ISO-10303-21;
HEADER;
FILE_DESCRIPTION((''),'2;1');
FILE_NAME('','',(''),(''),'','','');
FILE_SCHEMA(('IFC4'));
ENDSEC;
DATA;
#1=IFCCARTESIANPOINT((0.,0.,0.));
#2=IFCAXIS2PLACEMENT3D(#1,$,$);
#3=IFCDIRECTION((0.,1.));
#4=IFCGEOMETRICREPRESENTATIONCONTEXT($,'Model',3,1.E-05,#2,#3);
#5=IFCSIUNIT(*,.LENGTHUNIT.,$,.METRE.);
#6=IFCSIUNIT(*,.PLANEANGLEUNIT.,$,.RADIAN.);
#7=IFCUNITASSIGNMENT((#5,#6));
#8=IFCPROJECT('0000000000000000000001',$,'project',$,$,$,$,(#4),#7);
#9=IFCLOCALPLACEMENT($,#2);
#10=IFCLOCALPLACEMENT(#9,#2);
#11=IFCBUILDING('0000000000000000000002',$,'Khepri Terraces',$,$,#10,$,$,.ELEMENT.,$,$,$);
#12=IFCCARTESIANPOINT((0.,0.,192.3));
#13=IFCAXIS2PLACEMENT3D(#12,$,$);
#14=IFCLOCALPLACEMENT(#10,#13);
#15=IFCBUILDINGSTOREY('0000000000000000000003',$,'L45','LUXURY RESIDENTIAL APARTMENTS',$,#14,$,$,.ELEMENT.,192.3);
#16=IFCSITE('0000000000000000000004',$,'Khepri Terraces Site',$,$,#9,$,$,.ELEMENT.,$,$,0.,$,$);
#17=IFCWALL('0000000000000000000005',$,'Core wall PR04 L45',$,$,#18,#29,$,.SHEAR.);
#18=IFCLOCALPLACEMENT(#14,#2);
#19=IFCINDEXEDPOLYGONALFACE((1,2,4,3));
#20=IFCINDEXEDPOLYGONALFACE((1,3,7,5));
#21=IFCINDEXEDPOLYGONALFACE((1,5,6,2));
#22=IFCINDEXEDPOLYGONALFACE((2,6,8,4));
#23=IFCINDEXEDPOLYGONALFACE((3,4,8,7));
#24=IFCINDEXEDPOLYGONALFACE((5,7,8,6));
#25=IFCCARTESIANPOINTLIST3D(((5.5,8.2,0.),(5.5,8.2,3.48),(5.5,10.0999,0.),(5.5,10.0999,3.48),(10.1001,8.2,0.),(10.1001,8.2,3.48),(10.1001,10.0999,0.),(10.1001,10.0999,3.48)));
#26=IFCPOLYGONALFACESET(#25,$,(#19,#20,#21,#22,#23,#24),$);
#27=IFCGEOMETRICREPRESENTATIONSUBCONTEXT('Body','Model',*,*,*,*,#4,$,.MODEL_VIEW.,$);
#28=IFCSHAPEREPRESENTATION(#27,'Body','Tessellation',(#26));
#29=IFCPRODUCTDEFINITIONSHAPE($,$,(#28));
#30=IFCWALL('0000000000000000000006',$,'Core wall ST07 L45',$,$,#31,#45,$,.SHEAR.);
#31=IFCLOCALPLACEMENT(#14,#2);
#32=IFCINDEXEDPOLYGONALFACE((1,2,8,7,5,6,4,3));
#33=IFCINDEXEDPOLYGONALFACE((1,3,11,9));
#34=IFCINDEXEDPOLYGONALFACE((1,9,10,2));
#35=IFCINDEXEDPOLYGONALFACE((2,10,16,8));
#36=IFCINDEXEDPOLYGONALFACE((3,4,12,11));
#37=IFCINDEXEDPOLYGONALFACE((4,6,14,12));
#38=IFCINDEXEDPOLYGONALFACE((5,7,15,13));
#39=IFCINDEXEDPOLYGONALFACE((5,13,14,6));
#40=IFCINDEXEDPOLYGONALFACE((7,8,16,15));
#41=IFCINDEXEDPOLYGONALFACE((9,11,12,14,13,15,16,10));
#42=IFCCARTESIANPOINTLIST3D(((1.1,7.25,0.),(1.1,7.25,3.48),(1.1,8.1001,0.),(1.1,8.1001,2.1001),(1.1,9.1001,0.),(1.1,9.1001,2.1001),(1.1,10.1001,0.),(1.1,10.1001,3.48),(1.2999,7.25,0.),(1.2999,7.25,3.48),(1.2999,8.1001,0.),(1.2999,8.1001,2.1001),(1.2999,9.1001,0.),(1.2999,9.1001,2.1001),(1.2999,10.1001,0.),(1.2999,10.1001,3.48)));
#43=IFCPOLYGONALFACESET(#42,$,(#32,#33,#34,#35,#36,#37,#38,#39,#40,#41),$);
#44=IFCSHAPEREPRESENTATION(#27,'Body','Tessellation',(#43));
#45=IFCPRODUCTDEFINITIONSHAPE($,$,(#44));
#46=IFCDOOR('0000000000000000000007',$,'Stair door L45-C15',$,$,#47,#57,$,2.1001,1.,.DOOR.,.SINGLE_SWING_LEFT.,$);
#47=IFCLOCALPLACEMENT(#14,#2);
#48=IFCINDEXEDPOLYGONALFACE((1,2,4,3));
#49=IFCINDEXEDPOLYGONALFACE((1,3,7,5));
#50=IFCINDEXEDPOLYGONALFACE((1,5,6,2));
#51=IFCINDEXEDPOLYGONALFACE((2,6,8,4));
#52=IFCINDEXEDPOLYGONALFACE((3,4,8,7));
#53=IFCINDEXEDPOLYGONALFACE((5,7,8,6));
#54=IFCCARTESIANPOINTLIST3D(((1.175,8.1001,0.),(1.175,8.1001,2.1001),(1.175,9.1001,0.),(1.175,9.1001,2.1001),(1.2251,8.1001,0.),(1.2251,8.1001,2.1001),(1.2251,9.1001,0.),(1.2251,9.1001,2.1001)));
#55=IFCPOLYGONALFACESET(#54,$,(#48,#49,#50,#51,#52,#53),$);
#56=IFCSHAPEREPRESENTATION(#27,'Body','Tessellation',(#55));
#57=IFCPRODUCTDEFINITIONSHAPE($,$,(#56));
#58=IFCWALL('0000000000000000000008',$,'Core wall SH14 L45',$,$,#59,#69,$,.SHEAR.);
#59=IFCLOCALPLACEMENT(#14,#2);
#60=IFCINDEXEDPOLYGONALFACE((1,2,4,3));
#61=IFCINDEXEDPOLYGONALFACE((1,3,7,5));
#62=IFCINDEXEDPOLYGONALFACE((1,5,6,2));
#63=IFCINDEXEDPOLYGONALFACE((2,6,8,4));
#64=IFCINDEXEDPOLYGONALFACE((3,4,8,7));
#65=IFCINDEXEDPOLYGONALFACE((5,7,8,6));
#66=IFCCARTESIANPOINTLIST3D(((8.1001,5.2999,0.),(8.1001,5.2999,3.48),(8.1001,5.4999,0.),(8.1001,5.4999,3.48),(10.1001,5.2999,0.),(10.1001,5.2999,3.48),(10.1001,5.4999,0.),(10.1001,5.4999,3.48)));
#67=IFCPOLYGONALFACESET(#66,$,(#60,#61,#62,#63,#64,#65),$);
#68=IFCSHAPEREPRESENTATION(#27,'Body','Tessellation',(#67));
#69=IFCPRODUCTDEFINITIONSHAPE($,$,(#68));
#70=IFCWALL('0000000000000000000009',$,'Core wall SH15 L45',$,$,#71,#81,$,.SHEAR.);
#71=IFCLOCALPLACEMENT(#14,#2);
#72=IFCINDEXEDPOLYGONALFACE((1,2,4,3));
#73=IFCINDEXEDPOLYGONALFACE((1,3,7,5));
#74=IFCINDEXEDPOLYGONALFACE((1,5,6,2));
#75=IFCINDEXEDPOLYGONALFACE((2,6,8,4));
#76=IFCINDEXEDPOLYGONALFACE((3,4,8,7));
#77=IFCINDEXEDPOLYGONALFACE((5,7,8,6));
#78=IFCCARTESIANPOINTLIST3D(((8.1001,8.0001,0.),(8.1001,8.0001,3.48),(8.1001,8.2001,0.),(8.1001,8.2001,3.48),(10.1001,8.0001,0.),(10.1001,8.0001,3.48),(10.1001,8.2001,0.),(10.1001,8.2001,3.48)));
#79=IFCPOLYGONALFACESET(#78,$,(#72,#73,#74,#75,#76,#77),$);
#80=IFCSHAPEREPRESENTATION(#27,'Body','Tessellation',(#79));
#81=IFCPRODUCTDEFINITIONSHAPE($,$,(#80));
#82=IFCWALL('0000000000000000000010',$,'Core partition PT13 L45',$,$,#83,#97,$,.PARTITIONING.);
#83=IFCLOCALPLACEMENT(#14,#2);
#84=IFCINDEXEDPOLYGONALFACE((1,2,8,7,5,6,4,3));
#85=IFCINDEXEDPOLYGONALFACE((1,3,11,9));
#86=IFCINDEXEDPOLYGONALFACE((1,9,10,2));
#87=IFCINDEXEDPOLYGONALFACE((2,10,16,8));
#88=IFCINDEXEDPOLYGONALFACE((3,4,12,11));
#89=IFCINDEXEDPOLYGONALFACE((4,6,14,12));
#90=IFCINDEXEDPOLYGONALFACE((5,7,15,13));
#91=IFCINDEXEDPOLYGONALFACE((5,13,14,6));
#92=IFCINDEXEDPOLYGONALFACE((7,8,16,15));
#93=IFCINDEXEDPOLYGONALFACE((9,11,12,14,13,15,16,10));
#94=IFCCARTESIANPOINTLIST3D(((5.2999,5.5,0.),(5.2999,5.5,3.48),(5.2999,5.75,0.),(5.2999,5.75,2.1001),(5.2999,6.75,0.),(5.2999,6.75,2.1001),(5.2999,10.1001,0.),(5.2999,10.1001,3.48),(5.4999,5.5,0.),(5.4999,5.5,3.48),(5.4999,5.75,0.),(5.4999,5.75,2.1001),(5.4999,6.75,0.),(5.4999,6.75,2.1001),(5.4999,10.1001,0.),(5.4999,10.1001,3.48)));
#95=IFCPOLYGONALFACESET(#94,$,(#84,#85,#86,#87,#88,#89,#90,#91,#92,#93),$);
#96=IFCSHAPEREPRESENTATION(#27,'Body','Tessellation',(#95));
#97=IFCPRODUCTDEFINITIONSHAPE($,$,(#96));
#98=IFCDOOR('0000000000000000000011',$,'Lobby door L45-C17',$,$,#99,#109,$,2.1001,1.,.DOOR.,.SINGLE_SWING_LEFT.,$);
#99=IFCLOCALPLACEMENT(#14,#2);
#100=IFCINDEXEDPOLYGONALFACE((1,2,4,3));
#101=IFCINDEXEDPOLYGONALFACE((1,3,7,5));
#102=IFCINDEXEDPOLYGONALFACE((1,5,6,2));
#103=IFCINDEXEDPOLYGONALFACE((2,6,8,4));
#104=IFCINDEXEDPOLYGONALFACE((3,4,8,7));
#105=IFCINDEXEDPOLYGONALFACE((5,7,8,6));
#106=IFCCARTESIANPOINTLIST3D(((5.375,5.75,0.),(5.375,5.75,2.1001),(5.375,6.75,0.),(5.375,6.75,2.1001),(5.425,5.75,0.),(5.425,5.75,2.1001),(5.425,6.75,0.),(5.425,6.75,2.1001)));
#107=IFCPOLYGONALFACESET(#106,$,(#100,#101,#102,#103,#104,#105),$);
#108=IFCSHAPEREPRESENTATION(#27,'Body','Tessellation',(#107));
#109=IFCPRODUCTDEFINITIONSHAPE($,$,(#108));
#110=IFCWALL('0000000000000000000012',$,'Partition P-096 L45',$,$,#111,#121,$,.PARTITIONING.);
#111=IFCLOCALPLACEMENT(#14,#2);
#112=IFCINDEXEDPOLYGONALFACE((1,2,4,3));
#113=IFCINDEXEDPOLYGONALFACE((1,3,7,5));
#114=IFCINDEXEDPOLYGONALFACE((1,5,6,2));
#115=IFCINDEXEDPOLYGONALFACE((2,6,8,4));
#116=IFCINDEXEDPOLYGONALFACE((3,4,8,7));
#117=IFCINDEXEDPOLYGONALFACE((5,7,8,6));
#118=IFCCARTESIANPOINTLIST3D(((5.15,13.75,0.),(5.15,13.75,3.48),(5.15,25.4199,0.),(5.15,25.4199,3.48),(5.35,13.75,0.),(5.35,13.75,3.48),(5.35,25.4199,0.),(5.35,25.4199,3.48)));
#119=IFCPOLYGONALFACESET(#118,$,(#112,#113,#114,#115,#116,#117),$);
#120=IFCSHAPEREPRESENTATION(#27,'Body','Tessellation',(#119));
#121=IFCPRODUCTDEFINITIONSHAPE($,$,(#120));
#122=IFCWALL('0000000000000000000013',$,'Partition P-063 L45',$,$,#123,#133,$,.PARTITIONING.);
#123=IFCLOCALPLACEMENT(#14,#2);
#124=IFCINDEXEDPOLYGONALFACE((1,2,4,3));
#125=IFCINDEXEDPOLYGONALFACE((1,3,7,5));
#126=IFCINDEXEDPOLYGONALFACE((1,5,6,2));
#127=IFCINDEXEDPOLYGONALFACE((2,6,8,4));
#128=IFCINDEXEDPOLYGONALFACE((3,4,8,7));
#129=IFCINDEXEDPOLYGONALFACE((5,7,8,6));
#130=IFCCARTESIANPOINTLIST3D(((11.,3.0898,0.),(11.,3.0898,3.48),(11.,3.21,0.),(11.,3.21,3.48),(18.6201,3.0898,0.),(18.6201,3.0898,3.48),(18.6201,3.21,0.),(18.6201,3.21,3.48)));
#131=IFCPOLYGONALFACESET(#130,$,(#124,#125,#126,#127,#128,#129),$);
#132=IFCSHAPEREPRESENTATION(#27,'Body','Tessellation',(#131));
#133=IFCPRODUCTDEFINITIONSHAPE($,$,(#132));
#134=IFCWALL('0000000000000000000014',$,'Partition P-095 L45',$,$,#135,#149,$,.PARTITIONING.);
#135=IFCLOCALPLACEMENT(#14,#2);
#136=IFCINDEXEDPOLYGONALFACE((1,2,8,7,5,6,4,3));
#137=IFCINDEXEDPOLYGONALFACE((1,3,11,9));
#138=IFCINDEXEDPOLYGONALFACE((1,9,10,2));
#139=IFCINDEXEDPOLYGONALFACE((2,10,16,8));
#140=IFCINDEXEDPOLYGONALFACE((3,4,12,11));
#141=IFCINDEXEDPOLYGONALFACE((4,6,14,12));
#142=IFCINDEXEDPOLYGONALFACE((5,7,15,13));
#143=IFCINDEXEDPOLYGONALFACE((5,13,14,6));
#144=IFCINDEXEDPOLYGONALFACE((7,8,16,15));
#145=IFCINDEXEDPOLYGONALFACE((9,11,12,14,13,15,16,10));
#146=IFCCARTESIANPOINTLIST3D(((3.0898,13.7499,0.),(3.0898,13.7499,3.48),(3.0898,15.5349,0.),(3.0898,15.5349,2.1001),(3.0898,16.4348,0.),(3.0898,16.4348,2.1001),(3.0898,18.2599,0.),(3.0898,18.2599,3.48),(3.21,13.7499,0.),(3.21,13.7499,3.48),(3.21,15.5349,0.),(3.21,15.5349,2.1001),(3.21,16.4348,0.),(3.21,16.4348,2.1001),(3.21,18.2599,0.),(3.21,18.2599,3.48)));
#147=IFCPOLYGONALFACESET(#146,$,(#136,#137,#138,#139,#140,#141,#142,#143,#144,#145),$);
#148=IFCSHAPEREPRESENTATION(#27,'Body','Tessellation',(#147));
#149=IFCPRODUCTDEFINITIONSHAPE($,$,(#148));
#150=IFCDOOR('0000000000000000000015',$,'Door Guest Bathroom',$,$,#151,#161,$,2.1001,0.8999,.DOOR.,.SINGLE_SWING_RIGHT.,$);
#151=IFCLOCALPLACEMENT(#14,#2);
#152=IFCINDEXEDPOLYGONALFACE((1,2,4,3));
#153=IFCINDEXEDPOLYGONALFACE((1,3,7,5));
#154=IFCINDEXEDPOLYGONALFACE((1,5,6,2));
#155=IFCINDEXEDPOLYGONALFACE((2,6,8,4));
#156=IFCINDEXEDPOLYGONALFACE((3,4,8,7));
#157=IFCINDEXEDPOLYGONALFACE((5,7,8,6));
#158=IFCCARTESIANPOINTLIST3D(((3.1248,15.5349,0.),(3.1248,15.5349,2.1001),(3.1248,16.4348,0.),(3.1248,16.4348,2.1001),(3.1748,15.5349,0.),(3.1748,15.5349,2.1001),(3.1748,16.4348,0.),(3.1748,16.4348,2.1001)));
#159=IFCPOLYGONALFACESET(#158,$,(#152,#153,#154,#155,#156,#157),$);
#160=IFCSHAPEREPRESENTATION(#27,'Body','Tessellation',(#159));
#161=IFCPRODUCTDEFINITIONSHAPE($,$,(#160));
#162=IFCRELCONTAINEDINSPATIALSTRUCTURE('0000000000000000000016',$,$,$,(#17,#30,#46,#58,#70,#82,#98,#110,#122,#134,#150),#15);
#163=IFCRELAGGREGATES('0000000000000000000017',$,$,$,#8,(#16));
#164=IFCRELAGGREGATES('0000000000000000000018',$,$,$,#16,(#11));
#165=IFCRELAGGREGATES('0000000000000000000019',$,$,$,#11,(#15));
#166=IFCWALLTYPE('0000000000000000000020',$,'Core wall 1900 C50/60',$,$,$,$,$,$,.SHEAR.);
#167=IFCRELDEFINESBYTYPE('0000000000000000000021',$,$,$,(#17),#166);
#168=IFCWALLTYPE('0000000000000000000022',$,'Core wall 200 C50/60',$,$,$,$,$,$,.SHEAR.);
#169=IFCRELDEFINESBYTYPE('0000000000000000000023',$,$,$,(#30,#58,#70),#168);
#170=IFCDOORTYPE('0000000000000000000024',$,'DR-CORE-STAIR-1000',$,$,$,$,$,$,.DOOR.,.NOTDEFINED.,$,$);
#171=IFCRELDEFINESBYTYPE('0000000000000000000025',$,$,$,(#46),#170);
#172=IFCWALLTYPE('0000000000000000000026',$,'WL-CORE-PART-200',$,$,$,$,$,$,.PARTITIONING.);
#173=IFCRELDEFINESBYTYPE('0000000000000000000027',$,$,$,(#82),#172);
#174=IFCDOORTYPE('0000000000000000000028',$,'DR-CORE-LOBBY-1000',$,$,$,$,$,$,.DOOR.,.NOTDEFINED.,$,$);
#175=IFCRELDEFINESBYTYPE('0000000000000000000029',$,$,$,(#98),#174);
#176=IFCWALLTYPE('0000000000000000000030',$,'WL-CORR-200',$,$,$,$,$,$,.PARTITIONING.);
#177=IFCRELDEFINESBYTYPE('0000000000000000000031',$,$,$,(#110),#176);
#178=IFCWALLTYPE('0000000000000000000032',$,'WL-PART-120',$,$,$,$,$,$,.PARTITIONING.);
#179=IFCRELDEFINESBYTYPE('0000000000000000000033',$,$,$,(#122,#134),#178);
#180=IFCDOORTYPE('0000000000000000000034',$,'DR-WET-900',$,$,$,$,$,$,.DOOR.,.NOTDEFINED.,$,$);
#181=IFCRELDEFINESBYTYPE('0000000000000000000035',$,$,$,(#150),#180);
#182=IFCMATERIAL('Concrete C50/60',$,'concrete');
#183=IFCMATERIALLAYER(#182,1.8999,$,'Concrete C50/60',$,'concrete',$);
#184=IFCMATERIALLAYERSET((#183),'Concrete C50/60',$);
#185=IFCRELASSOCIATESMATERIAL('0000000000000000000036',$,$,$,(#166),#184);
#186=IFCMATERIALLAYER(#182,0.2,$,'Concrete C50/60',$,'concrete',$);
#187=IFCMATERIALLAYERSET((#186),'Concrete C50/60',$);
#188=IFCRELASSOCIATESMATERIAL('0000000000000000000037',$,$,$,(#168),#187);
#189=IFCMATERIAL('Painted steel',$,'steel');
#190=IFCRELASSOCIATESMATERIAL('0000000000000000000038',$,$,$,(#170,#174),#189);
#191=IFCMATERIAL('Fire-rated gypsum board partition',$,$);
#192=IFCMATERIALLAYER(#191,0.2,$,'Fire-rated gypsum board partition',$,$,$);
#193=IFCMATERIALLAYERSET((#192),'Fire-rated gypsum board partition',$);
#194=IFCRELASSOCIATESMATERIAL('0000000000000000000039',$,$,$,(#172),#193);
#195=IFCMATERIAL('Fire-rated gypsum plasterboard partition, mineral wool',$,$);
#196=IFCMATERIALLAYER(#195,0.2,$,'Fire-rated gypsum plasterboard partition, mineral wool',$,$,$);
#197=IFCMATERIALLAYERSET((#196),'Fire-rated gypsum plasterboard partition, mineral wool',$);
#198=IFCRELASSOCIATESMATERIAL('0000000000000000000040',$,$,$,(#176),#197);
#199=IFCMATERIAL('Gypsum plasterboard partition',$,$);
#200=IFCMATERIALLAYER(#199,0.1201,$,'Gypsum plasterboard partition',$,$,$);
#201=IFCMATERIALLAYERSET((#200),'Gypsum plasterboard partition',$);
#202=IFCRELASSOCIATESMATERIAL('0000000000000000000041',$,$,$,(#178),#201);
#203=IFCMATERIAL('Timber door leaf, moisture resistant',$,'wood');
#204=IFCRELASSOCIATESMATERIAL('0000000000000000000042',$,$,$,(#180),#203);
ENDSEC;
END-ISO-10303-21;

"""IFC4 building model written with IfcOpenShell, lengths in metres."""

from ifc_helpers import new_model, si_unit, direction, frame, frame_2d, origin, place, context, subcontext, project, spatial, rectangle, extrude, material, layer, layer_set, type_object, element, fill, save


model = new_model("IFC4")

# Units and contexts
model_context = context("Model", 3, precision=1e-05, world=origin(), true_north=direction((0.0, 1.0)))
body_context = subcontext(model_context, "Body", "Model", "MODEL_VIEW")
ifc_project = project(units=[si_unit("LENGTHUNIT", "METRE"), si_unit("PLANEANGLEUNIT", "RADIAN")], contexts=[model_context])

# Site, building, storey
site_placement = place(None, origin())
site = spatial("IfcSite", under=ifc_project, at=site_placement, Name="Khepri Terraces Site", CompositionType="ELEMENT", RefElevation=0.0)
building_placement = place(site_placement, origin())
building = spatial("IfcBuilding", under=site, at=building_placement, Name="Khepri Terraces", CompositionType="ELEMENT")
storey_placement = place(building_placement, frame((0.0, 0.0, 192.3)))
storey = spatial("IfcBuildingStorey", under=building, at=storey_placement, Name="L45", Description="LUXURY RESIDENTIAL APARTMENTS", CompositionType="ELEMENT", Elevation=192.3)

# Wall
ifc_material_1 = material(Name="Concrete C50/60", Category="concrete")
ifc_layer_1 = layer(ifc_material_1, 1.8999, Name="Concrete C50/60", Category="concrete")
ifc_layer_set_1 = layer_set([ifc_layer_1], Name="Concrete C50/60")
wall_type_1 = type_object("IfcWallType", Name="Core wall 1900 C50/60", PredefinedType="SHEAR", material=ifc_layer_set_1)
wall_1_placement = place(storey_placement, frame((5.5, 9.1499, 0.0), z_axis=(0.0, 0.0, 1.0), x_axis=(1.0, 0.0, 0.0)))
element("IfcWall", 1, at=wall_1_placement, inside=storey, type_object=wall_type_1, Name="Core wall PR04 L45", PredefinedType="SHEAR", context=body_context, shape_type="SweptSolid", body=[
    extrude(rectangle(XDim=4.6001, YDim=1.8999, at=frame_2d((2.3, 0.0))), origin(), (0.0, 0.0, 1.0), 3.48),
])

# Wall, opening, door
ifc_layer_2 = layer(ifc_material_1, 0.2, Name="Concrete C50/60", Category="concrete")
ifc_layer_set_2 = layer_set([ifc_layer_2], Name="Concrete C50/60")
wall_type_2 = type_object("IfcWallType", Name="Core wall 200 C50/60", PredefinedType="SHEAR", material=ifc_layer_set_2)
wall_2_placement = place(storey_placement, frame((1.2, 7.25, 0.0), z_axis=(0.0, 0.0, 1.0), x_axis=(0.0, 1.0, 0.0)))
wall_2 = element("IfcWall", 2, at=wall_2_placement, inside=storey, type_object=wall_type_2, Name="Core wall ST07 L45", PredefinedType="SHEAR", context=body_context, shape_type="SweptSolid", body=[
    extrude(rectangle(XDim=2.8501, YDim=0.2, at=frame_2d((1.425, 0.0))), origin(), (0.0, 0.0, 1.0), 3.48),
])
opening_1_placement = place(wall_2_placement, frame((0.8501, 0.0, 0.0)))
opening_1 = element("IfcOpeningElement", 3, at=opening_1_placement, cuts=wall_2, PredefinedType="OPENING", context=body_context, shape_type="SweptSolid", body=[
    extrude(rectangle(XDim=1.0, YDim=2.1001, at=frame_2d((0.5, 1.05))), frame((0.0, 0.1099, 0.0), z_axis=(0.0, -1.0, 0.0), x_axis=(1.0, 0.0, 0.0)), (0.0, 0.0, 1.0), 0.22),
])
ifc_material_2 = material(Name="Painted steel", Category="steel")
door_type_1 = type_object("IfcDoorType", Name="DR-CORE-STAIR-1000", OperationType="NOTDEFINED", PredefinedType="DOOR", material=ifc_material_2)
door_1_placement = place(opening_1_placement, origin())
door_1 = element("IfcDoor", 4, at=door_1_placement, inside=storey, type_object=door_type_1, Name="Stair door L45-C15", OperationType="SINGLE_SWING_LEFT", OverallHeight=2.1001, OverallWidth=1.0, PredefinedType="DOOR", context=body_context, shape_type="SweptSolid", body=[
    extrude(rectangle(XDim=1.0, YDim=2.1001, at=frame_2d((0.5, 1.05))), frame((0.0, 0.0249, 0.0), z_axis=(0.0, -1.0, 0.0), x_axis=(1.0, 0.0, 0.0)), (0.0, 0.0, 1.0), 0.05),
])
fill(opening_1, door_1)

# Walls
for number, where, z_axis, x_axis, name in (
    (5, (8.1001, 5.3999, 0.0), (0.0, 0.0, 1.0), (1.0, 0.0, 0.0), "Core wall SH14 L45"),
    (6, (8.1001, 8.1001, 0.0), (0.0, 0.0, 1.0), (1.0, 0.0, 0.0), "Core wall SH15 L45"),
):
    element("IfcWall", number, at=place(storey_placement, frame(where, z_axis=z_axis, x_axis=x_axis)), inside=storey, type_object=wall_type_2, Name=name, PredefinedType="SHEAR", context=body_context, shape_type="SweptSolid", body=[
        extrude(rectangle(XDim=2.0, YDim=0.2, at=frame_2d((1.0, 0.0))), origin(), (0.0, 0.0, 1.0), 3.48),
    ])

# Wall, opening, door
ifc_material_3 = material(Name="Fire-rated gypsum board partition")
ifc_layer_3 = layer(ifc_material_3, 0.2, Name="Fire-rated gypsum board partition")
ifc_layer_set_3 = layer_set([ifc_layer_3], Name="Fire-rated gypsum board partition")
wall_type_3 = type_object("IfcWallType", Name="WL-CORE-PART-200", PredefinedType="PARTITIONING", material=ifc_layer_set_3)
wall_3_placement = place(storey_placement, frame((5.3999, 5.5, 0.0), z_axis=(0.0, 0.0, 1.0), x_axis=(0.0, 1.0, 0.0)))
wall_3 = element("IfcWall", 7, at=wall_3_placement, inside=storey, type_object=wall_type_3, Name="Core partition PT13 L45", PredefinedType="PARTITIONING", context=body_context, shape_type="SweptSolid", body=[
    extrude(rectangle(XDim=4.6001, YDim=0.2, at=frame_2d((2.3, 0.0))), origin(), (0.0, 0.0, 1.0), 3.48),
])
opening_2_placement = place(wall_3_placement, frame((0.25, 0.0, 0.0)))
opening_2 = element("IfcOpeningElement", 8, at=opening_2_placement, cuts=wall_3, PredefinedType="OPENING", context=body_context, shape_type="SweptSolid", body=[
    extrude(rectangle(XDim=1.0, YDim=2.1001, at=frame_2d((0.5, 1.05))), frame((0.0, 0.1099, 0.0), z_axis=(0.0, -1.0, 0.0), x_axis=(1.0, 0.0, 0.0)), (0.0, 0.0, 1.0), 0.22),
])
door_type_2 = type_object("IfcDoorType", Name="DR-CORE-LOBBY-1000", OperationType="NOTDEFINED", PredefinedType="DOOR", material=ifc_material_2)
door_2_placement = place(opening_2_placement, origin())
door_2 = element("IfcDoor", 9, at=door_2_placement, inside=storey, type_object=door_type_2, Name="Lobby door L45-C17", OperationType="SINGLE_SWING_LEFT", OverallHeight=2.1001, OverallWidth=1.0, PredefinedType="DOOR", context=body_context, shape_type="SweptSolid", body=[
    extrude(rectangle(XDim=1.0, YDim=2.1001, at=frame_2d((0.5, 1.05))), frame((0.0, 0.0249, 0.0), z_axis=(0.0, -1.0, 0.0), x_axis=(1.0, 0.0, 0.0)), (0.0, 0.0, 1.0), 0.05),
])
fill(opening_2, door_2)

# Walls
ifc_material_4 = material(Name="Fire-rated gypsum plasterboard partition, mineral wool")
ifc_layer_4 = layer(ifc_material_4, 0.2, Name="Fire-rated gypsum plasterboard partition, mineral wool")
ifc_layer_set_4 = layer_set([ifc_layer_4], Name="Fire-rated gypsum plasterboard partition, mineral wool")
wall_type_4 = type_object("IfcWallType", Name="WL-CORR-200", PredefinedType="PARTITIONING", material=ifc_layer_set_4)
wall_4_placement = place(storey_placement, frame((5.25, 13.75, 0.0), z_axis=(0.0, 0.0, 1.0), x_axis=(0.0, 1.0, 0.0)))
element("IfcWall", 10, at=wall_4_placement, inside=storey, type_object=wall_type_4, Name="Partition P-096 L45", PredefinedType="PARTITIONING", context=body_context, shape_type="SweptSolid", body=[
    extrude(rectangle(XDim=11.6699, YDim=0.2, at=frame_2d((5.835, 0.0))), origin(), (0.0, 0.0, 1.0), 3.48),
])
ifc_material_5 = material(Name="Gypsum plasterboard partition")
ifc_layer_5 = layer(ifc_material_5, 0.1201, Name="Gypsum plasterboard partition")
ifc_layer_set_5 = layer_set([ifc_layer_5], Name="Gypsum plasterboard partition")
wall_type_5 = type_object("IfcWallType", Name="WL-PART-120", PredefinedType="PARTITIONING", material=ifc_layer_set_5)
wall_5_placement = place(storey_placement, frame((11.0, 3.1499, 0.0), z_axis=(0.0, 0.0, 1.0), x_axis=(1.0, 0.0, 0.0)))
element("IfcWall", 11, at=wall_5_placement, inside=storey, type_object=wall_type_5, Name="Partition P-063 L45", PredefinedType="PARTITIONING", context=body_context, shape_type="SweptSolid", body=[
    extrude(rectangle(XDim=7.6201, YDim=0.1201, at=frame_2d((3.8101, 0.0))), origin(), (0.0, 0.0, 1.0), 3.48),
])

# Wall, opening, door
wall_6_placement = place(storey_placement, frame((3.1499, 13.75, 0.0), z_axis=(0.0, 0.0, 1.0), x_axis=(0.0, 1.0, 0.0)))
wall_6 = element("IfcWall", 12, at=wall_6_placement, inside=storey, type_object=wall_type_5, Name="Partition P-095 L45", PredefinedType="PARTITIONING", context=body_context, shape_type="SweptSolid", body=[
    extrude(rectangle(XDim=4.51, YDim=0.1201, at=frame_2d((2.2549, 0.0))), origin(), (0.0, 0.0, 1.0), 3.48),
])
opening_3_placement = place(wall_6_placement, frame((1.7849, 0.0, 0.0)))
opening_3 = element("IfcOpeningElement", 13, at=opening_3_placement, cuts=wall_6, PredefinedType="OPENING", context=body_context, shape_type="SweptSolid", body=[
    extrude(rectangle(XDim=0.8999, YDim=2.1001, at=frame_2d((0.45, 1.05))), frame((0.0, 0.0701, 0.0), z_axis=(0.0, -1.0, 0.0), x_axis=(1.0, 0.0, 0.0)), (0.0, 0.0, 1.0), 0.1401),
])
ifc_material_6 = material(Name="Timber door leaf, moisture resistant", Category="wood")
door_type_3 = type_object("IfcDoorType", Name="DR-WET-900", OperationType="NOTDEFINED", PredefinedType="DOOR", material=ifc_material_6)
door_3_placement = place(opening_3_placement, frame((0.8999, 0.0, 0.0), z_axis=(0.0, 0.0, 1.0), x_axis=(-1.0, 0.0, 0.0)))
door_3 = element("IfcDoor", 14, at=door_3_placement, inside=storey, type_object=door_type_3, Name="Door Guest Bathroom", OperationType="SINGLE_SWING_RIGHT", OverallHeight=2.1001, OverallWidth=0.8999, PredefinedType="DOOR", context=body_context, shape_type="SweptSolid", body=[
    extrude(rectangle(XDim=0.8999, YDim=2.1001, at=frame_2d((0.45, 1.05))), frame((0.0, 0.0249, 0.0), z_axis=(0.0, -1.0, 0.0), x_axis=(1.0, 0.0, 0.0)), (0.0, 0.0, 1.0), 0.05),
])
fill(opening_3, door_3)

save(model, "model.ifc")
